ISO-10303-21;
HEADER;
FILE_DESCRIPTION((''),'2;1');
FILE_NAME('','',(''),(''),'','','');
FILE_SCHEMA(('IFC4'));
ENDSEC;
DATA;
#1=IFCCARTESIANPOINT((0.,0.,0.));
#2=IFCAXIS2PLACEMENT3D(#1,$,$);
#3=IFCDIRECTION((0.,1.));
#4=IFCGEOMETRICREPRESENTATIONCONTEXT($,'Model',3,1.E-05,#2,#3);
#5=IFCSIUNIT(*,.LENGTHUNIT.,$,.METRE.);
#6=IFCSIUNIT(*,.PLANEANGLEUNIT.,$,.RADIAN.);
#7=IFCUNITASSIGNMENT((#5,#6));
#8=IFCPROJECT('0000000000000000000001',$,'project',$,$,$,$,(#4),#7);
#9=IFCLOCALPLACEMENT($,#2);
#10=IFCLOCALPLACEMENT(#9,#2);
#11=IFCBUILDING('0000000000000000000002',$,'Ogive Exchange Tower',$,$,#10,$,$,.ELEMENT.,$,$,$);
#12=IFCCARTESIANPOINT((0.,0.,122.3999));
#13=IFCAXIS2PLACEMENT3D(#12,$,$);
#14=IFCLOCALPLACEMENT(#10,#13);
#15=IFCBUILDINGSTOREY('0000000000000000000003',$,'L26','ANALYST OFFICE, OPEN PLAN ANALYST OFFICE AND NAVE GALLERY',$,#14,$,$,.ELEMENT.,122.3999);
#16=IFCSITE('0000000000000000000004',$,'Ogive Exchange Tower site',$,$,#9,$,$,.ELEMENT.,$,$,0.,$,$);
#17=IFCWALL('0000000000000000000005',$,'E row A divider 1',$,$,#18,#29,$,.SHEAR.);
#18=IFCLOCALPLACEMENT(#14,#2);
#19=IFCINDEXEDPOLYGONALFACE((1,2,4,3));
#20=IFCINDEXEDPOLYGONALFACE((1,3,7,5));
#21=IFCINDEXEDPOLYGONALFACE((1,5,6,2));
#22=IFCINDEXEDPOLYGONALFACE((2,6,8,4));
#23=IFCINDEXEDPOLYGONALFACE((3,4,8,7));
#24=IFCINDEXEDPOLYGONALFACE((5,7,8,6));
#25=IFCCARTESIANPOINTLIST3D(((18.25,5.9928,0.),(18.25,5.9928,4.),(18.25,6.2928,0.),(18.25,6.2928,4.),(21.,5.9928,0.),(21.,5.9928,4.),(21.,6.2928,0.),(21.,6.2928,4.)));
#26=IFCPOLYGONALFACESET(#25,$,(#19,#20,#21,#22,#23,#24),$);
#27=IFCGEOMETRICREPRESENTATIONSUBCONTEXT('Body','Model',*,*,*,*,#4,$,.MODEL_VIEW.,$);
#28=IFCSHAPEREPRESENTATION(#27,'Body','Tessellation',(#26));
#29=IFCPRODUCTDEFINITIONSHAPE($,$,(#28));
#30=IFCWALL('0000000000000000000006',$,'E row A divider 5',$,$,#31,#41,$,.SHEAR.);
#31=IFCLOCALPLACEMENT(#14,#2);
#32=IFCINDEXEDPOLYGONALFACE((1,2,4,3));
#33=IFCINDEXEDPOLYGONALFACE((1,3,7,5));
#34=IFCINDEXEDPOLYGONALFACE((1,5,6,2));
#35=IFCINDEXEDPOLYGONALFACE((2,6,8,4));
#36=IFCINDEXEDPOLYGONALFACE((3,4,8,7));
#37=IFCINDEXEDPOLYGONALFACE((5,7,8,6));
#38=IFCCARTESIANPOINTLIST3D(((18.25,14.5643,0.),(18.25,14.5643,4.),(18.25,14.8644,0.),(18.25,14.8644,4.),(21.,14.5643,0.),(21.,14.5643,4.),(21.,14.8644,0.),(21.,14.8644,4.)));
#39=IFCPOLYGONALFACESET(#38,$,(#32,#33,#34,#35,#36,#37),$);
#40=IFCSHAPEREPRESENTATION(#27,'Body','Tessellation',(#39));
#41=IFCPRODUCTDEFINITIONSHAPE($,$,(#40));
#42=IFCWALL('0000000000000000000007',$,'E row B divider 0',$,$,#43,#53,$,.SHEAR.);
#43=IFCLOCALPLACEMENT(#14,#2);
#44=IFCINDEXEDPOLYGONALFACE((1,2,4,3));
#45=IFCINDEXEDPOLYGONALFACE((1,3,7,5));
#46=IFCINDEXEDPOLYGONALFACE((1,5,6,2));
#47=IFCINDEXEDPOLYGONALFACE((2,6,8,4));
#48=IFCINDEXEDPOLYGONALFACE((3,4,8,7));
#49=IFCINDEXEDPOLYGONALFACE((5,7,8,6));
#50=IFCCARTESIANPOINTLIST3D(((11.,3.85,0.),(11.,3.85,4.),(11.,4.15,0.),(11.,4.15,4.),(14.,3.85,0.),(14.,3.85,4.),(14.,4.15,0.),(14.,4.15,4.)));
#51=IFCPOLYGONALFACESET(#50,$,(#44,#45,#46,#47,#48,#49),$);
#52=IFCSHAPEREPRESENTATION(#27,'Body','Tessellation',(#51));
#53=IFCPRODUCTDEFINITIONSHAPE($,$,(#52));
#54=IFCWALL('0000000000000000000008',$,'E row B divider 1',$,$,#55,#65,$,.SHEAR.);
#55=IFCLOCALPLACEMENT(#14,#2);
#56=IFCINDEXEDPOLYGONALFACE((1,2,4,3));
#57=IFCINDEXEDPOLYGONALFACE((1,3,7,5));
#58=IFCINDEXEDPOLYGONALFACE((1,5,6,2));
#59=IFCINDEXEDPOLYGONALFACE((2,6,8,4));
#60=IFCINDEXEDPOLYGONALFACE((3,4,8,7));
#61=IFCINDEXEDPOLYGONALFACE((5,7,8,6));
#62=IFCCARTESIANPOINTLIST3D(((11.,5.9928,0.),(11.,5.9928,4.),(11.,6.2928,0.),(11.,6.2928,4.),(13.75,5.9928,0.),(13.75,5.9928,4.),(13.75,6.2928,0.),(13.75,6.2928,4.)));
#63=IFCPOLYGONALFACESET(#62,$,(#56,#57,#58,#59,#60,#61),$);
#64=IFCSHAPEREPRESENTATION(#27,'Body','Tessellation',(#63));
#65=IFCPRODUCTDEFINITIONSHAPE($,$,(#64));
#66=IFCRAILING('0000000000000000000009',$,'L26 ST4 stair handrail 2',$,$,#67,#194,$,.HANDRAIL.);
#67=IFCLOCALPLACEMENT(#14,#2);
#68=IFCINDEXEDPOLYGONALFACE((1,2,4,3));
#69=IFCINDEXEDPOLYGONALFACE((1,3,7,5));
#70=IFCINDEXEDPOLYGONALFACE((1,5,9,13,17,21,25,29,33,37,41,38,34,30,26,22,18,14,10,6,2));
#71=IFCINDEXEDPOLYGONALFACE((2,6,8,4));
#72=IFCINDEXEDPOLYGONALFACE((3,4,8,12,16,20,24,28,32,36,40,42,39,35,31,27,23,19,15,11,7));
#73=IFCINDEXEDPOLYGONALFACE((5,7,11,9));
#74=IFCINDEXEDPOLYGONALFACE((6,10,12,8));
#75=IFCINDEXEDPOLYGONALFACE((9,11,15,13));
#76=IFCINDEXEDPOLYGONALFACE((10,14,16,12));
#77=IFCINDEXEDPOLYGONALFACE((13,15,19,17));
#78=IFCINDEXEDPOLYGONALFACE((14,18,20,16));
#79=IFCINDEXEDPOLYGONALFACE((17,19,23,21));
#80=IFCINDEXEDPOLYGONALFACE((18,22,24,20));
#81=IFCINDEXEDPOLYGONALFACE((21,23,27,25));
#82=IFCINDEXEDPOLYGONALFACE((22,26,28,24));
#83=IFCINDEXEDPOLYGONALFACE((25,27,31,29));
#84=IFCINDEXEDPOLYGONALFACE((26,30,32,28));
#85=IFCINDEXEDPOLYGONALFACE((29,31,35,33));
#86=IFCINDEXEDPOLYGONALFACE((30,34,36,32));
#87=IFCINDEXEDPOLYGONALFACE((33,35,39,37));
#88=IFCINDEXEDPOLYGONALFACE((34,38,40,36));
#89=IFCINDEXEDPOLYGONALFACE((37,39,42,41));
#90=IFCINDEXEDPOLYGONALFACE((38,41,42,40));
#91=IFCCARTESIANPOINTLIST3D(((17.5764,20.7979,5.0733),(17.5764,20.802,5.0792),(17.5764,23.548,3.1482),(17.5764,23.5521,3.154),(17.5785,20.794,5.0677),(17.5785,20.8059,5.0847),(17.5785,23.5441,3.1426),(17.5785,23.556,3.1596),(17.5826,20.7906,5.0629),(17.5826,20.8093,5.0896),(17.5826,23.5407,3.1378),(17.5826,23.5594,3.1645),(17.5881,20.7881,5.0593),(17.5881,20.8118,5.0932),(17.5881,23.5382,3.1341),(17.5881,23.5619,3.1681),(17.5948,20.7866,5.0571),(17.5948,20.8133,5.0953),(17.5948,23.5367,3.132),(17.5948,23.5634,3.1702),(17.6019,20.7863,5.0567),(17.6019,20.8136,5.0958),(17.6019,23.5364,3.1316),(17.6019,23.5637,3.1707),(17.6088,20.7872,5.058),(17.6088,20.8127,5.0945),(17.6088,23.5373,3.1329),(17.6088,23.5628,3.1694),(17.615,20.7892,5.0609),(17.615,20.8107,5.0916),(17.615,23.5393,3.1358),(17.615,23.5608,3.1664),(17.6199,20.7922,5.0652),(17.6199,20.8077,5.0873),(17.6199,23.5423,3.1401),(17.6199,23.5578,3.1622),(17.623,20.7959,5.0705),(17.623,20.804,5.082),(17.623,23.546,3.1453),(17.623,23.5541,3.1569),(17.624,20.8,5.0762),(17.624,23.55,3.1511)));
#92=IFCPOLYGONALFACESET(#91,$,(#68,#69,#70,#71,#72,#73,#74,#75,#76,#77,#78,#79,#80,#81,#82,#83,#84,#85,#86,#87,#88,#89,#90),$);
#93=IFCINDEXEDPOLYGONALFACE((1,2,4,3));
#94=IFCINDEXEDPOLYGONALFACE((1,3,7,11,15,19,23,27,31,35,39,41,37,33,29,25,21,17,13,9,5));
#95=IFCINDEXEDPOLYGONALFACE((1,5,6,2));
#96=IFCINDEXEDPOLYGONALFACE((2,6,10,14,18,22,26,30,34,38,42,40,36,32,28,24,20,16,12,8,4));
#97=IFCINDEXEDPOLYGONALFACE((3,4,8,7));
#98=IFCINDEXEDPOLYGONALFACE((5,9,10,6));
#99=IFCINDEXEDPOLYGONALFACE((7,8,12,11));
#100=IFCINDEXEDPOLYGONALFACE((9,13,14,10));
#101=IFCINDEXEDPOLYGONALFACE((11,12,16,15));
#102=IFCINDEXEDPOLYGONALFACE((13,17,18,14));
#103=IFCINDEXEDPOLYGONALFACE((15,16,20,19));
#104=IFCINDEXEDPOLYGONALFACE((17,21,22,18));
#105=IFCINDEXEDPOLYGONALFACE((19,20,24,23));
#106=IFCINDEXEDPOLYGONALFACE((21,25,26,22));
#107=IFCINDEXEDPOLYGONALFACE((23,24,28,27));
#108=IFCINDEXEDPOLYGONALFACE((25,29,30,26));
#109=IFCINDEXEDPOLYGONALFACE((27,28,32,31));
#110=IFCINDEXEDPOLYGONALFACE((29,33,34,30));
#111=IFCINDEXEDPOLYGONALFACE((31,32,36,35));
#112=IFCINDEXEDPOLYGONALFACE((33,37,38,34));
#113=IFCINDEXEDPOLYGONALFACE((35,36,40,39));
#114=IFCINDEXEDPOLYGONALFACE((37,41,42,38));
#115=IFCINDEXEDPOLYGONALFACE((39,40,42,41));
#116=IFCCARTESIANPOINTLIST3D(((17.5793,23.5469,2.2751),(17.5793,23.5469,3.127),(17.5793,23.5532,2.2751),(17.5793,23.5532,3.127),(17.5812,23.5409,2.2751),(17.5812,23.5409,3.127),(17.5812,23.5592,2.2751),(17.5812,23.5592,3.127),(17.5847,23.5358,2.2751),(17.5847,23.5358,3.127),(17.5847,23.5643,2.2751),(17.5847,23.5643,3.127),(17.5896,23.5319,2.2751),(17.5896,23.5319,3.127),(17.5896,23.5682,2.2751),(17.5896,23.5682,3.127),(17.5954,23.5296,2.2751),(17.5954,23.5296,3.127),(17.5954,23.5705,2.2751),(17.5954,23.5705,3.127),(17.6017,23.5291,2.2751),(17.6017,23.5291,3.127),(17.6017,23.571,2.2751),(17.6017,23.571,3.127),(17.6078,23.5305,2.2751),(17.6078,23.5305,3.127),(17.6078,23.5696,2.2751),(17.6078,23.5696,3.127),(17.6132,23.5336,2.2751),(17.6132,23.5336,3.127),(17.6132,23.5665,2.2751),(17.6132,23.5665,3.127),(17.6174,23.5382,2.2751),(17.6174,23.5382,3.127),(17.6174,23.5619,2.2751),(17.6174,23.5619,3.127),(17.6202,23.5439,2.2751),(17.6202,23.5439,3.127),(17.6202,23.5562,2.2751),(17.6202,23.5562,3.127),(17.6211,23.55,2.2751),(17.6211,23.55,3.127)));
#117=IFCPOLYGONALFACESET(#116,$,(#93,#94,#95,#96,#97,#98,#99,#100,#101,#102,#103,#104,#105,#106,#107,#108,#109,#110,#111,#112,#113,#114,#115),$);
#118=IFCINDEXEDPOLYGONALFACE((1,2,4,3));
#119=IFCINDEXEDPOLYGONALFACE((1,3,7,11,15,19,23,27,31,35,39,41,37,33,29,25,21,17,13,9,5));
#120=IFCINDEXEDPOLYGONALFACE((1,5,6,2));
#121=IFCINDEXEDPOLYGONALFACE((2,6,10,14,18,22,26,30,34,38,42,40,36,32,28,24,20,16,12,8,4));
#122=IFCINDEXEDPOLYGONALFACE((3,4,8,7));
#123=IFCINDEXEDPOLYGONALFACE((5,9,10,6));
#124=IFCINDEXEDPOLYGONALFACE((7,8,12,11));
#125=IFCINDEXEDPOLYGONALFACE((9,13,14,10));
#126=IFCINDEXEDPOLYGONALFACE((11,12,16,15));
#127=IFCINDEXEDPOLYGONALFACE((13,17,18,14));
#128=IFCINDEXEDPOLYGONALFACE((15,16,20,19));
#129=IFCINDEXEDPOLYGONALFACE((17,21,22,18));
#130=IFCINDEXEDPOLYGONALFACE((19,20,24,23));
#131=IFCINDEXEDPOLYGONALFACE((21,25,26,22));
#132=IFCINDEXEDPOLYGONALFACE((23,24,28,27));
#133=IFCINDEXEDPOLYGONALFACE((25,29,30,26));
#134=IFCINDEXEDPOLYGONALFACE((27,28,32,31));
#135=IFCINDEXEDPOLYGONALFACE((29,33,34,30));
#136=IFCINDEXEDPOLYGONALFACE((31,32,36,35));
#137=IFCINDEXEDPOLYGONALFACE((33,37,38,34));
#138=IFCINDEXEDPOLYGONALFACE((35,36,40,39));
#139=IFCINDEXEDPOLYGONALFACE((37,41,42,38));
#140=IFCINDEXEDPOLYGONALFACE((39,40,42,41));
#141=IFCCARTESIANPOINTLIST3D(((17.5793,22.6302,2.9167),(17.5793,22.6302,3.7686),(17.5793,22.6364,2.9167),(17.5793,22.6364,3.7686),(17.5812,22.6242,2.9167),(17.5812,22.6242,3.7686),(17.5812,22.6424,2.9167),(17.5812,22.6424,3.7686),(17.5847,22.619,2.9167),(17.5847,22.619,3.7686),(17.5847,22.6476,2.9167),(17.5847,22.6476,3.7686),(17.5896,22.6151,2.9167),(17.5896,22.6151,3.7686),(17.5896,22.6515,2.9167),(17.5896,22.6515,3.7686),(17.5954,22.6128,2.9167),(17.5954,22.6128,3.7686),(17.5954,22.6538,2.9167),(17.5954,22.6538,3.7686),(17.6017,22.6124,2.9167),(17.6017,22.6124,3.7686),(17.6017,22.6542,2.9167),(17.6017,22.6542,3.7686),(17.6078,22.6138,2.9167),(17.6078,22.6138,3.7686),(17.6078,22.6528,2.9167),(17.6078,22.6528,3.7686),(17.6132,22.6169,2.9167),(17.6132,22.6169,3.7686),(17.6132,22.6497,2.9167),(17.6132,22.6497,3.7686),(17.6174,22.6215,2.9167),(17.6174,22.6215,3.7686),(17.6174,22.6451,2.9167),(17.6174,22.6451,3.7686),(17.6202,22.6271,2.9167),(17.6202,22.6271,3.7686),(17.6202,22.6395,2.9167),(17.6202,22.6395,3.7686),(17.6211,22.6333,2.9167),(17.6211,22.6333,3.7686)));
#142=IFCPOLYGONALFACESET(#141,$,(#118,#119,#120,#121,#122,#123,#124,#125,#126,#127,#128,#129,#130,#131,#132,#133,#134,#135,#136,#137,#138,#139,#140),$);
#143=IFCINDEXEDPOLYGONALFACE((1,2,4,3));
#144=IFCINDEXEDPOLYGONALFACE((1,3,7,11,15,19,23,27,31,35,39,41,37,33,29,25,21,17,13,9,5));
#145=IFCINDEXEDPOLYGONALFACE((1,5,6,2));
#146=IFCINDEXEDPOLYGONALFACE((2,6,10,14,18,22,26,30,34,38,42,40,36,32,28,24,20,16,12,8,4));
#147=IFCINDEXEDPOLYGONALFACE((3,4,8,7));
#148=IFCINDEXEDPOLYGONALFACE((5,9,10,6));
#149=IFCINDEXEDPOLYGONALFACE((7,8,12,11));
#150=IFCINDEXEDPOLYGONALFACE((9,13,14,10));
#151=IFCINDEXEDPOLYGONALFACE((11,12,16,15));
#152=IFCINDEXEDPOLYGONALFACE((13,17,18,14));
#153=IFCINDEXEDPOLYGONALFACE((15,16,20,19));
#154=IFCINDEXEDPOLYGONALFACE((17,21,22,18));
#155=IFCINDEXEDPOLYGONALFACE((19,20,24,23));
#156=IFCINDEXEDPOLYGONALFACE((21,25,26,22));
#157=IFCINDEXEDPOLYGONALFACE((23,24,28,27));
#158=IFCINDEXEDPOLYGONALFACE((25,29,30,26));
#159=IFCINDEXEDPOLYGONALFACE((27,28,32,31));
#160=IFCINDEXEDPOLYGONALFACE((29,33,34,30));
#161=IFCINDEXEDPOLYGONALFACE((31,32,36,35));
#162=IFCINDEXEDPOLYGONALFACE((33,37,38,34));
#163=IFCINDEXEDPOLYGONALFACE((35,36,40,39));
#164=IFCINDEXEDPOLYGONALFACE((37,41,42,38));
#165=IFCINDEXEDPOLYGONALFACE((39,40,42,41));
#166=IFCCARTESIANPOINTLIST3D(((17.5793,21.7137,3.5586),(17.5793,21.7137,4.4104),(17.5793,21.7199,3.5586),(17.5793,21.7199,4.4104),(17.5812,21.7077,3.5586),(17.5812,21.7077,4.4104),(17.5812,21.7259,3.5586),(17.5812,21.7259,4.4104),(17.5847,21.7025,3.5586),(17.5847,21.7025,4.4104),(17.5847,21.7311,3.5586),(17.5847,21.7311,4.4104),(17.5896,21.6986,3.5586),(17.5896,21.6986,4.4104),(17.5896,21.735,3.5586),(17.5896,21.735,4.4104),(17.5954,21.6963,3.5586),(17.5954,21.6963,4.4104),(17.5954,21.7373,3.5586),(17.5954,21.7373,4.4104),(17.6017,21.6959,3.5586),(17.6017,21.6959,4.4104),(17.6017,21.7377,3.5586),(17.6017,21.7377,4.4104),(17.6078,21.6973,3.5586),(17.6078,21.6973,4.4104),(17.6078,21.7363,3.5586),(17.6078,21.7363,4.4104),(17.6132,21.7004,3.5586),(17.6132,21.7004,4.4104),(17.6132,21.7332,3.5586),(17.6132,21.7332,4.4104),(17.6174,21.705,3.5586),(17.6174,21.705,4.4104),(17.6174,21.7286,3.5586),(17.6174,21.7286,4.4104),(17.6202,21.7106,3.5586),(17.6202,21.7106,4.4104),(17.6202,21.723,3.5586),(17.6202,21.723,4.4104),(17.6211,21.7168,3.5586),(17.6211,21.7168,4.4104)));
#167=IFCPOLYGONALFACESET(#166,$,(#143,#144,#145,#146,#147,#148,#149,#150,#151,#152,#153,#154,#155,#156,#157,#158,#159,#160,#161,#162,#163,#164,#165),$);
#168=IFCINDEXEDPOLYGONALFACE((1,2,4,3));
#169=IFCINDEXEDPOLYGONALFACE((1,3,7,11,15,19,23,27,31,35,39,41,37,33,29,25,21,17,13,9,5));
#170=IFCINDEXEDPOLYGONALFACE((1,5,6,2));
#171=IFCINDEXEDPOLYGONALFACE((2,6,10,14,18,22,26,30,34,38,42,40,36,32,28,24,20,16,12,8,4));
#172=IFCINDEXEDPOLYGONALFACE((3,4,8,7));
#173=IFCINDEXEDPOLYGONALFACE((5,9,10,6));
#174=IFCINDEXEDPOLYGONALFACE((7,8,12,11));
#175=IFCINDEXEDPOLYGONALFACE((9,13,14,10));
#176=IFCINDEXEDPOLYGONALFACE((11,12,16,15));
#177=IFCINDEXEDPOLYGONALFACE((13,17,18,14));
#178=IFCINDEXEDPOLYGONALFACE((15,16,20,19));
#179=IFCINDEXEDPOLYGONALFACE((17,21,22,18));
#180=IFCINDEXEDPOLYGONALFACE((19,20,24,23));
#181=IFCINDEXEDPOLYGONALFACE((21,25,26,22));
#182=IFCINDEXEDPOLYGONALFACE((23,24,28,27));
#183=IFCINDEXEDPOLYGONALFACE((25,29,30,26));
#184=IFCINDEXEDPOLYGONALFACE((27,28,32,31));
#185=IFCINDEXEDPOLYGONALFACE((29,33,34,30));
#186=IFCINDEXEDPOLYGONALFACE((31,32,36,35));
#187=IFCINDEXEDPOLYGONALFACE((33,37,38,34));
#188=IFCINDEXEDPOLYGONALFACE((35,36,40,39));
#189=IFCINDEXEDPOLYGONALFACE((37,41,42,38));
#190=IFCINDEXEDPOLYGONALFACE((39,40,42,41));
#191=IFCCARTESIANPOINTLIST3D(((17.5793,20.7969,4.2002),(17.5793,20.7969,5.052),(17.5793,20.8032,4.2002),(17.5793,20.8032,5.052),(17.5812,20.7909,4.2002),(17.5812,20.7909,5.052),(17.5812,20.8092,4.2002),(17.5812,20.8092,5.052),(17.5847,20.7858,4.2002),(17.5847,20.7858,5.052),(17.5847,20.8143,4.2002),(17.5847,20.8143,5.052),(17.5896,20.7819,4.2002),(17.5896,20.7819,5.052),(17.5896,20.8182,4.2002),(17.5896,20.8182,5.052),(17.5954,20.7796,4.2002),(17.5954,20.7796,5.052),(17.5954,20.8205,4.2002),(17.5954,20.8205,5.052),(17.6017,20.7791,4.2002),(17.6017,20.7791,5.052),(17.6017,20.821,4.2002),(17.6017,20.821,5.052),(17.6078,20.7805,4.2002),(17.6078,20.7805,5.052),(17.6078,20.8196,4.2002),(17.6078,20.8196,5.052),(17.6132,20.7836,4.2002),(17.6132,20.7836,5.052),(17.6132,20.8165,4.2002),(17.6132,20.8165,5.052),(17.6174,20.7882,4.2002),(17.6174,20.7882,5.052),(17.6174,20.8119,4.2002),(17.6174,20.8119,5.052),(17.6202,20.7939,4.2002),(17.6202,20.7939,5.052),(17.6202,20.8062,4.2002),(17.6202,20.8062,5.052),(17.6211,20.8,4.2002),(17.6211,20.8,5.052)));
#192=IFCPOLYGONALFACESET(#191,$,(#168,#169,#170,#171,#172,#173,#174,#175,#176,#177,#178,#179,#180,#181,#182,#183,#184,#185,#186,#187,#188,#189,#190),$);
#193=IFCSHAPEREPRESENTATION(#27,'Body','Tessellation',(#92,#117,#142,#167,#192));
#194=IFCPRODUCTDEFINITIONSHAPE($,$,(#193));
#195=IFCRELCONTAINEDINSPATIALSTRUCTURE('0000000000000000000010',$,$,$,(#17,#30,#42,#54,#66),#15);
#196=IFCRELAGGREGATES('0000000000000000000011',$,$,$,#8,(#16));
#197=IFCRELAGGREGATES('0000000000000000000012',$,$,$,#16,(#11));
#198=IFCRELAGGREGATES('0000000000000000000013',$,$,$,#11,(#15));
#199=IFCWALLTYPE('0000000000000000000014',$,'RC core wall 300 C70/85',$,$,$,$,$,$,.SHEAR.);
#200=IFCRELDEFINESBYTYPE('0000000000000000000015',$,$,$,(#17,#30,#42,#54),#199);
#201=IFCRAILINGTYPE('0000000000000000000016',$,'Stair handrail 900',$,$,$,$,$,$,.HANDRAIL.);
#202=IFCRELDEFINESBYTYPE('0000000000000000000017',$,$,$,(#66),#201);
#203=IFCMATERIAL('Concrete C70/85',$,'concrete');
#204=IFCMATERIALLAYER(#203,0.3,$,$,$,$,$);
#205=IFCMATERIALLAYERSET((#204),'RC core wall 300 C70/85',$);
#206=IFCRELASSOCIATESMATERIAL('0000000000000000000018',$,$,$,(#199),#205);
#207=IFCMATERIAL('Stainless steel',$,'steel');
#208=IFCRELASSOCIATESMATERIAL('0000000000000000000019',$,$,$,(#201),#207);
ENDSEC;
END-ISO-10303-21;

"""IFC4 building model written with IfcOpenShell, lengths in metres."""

from ifc_helpers import new_model, si_unit, direction, frame, frame_2d, origin, origin_2d, place, context, subcontext, project, spatial, rectangle, circle, extrude, material, layer, layer_set, type_object, element, save


model = new_model("IFC4")

# Units and contexts
model_context = context("Model", 3, precision=1e-05, world=origin(), true_north=direction((0.0, 1.0)))
body_context = subcontext(model_context, "Body", "Model", "MODEL_VIEW")
ifc_project = project(units=[si_unit("LENGTHUNIT", "METRE"), si_unit("PLANEANGLEUNIT", "RADIAN")], contexts=[model_context])

# Site, building, storey
site_placement = place(None, origin())
site = spatial("IfcSite", under=ifc_project, at=site_placement, Name="Ogive Exchange Tower site", CompositionType="ELEMENT", RefElevation=0.0)
building_placement = place(site_placement, origin())
building = spatial("IfcBuilding", under=site, at=building_placement, Name="Ogive Exchange Tower", CompositionType="ELEMENT")
storey_placement = place(building_placement, frame((0.0, 0.0, 122.3999)))
storey = spatial("IfcBuildingStorey", under=building, at=storey_placement, Name="L26", Description="ANALYST OFFICE, OPEN PLAN ANALYST OFFICE AND NAVE GALLERY", CompositionType="ELEMENT", Elevation=122.3999)

# Shared definitions
ifc_material_1 = material(Name="Concrete C70/85", Category="concrete")

# Shared definitions
ifc_material_2 = material(Name="Stainless steel", Category="steel")

# Walls
ifc_layer_1 = layer(ifc_material_1, 0.3)
ifc_layer_set_1 = layer_set([ifc_layer_1], Name="RC core wall 300 C70/85")
wall_type_1 = type_object("IfcWallType", Name="RC core wall 300 C70/85", PredefinedType="SHEAR", material=ifc_layer_set_1)
for number, where, z_axis, x_axis, name in (
    (1, (18.25, 6.1428, 0.0), (0.0, 0.0, 1.0), (1.0, 0.0, 0.0), "E row A divider 1"),
    (2, (18.25, 14.7144, 0.0), (0.0, 0.0, 1.0), (1.0, 0.0, 0.0), "E row A divider 5"),
):
    element("IfcWall", number, at=place(storey_placement, frame(where, z_axis=z_axis, x_axis=x_axis)), inside=storey, type_object=wall_type_1, Name=name, PredefinedType="SHEAR", context=body_context, shape_type="SweptSolid", body=[
        extrude(rectangle(XDim=2.75, YDim=0.3, at=frame_2d((1.375, 0.0))), origin(), (0.0, 0.0, 1.0), 4.0),
    ])
wall_1_placement = place(storey_placement, frame((11.0, 4.0, 0.0), z_axis=(0.0, 0.0, 1.0), x_axis=(1.0, 0.0, 0.0)))
element("IfcWall", 3, at=wall_1_placement, inside=storey, type_object=wall_type_1, Name="E row B divider 0", PredefinedType="SHEAR", context=body_context, shape_type="SweptSolid", body=[
    extrude(rectangle(XDim=3.0, YDim=0.3, at=frame_2d((1.5, 0.0))), origin(), (0.0, 0.0, 1.0), 4.0),
])
wall_2_placement = place(storey_placement, frame((11.0, 6.1428, 0.0), z_axis=(0.0, 0.0, 1.0), x_axis=(1.0, 0.0, 0.0)))
element("IfcWall", 4, at=wall_2_placement, inside=storey, type_object=wall_type_1, Name="E row B divider 1", PredefinedType="SHEAR", context=body_context, shape_type="SweptSolid", body=[
    extrude(rectangle(XDim=2.75, YDim=0.3, at=frame_2d((1.375, 0.0))), origin(), (0.0, 0.0, 1.0), 4.0),
])

# Railing
railing_type = type_object("IfcRailingType", Name="Stair handrail 900", PredefinedType="HANDRAIL", material=ifc_material_2)
railing_placement = place(storey_placement, frame((17.6001, 23.55, 2.2751)))
element("IfcRailing", 5, at=railing_placement, inside=storey, type_object=railing_type, Name="L26 ST4 stair handrail 2", PredefinedType="HANDRAIL", context=body_context, shape_type="SweptSolid", body=[
    extrude(circle(Radius=0.0239, at=origin_2d()), frame((0.0, 0.0, 0.876), z_axis=(0.0, -0.819225, 0.573472), x_axis=(1.0, 0.0, 0.0)), (0.0, 0.0, 1.0), 3.3569),
    extrude(circle(Radius=0.021, at=origin_2d()), origin(), (0.0, 0.0, 1.0), 0.8518),
    extrude(circle(Radius=0.021, at=origin_2d()), frame((0.0, -0.9167, 0.6416)), (0.0, 0.0, 1.0), 0.8518),
    extrude(circle(Radius=0.021, at=origin_2d()), frame((0.0, -1.8333, 1.2834)), (0.0, 0.0, 1.0), 0.8518),
    extrude(circle(Radius=0.021, at=origin_2d()), frame((0.0, -2.75, 1.925)), (0.0, 0.0, 1.0), 0.8518),
])

save(model, "model.ifc")
